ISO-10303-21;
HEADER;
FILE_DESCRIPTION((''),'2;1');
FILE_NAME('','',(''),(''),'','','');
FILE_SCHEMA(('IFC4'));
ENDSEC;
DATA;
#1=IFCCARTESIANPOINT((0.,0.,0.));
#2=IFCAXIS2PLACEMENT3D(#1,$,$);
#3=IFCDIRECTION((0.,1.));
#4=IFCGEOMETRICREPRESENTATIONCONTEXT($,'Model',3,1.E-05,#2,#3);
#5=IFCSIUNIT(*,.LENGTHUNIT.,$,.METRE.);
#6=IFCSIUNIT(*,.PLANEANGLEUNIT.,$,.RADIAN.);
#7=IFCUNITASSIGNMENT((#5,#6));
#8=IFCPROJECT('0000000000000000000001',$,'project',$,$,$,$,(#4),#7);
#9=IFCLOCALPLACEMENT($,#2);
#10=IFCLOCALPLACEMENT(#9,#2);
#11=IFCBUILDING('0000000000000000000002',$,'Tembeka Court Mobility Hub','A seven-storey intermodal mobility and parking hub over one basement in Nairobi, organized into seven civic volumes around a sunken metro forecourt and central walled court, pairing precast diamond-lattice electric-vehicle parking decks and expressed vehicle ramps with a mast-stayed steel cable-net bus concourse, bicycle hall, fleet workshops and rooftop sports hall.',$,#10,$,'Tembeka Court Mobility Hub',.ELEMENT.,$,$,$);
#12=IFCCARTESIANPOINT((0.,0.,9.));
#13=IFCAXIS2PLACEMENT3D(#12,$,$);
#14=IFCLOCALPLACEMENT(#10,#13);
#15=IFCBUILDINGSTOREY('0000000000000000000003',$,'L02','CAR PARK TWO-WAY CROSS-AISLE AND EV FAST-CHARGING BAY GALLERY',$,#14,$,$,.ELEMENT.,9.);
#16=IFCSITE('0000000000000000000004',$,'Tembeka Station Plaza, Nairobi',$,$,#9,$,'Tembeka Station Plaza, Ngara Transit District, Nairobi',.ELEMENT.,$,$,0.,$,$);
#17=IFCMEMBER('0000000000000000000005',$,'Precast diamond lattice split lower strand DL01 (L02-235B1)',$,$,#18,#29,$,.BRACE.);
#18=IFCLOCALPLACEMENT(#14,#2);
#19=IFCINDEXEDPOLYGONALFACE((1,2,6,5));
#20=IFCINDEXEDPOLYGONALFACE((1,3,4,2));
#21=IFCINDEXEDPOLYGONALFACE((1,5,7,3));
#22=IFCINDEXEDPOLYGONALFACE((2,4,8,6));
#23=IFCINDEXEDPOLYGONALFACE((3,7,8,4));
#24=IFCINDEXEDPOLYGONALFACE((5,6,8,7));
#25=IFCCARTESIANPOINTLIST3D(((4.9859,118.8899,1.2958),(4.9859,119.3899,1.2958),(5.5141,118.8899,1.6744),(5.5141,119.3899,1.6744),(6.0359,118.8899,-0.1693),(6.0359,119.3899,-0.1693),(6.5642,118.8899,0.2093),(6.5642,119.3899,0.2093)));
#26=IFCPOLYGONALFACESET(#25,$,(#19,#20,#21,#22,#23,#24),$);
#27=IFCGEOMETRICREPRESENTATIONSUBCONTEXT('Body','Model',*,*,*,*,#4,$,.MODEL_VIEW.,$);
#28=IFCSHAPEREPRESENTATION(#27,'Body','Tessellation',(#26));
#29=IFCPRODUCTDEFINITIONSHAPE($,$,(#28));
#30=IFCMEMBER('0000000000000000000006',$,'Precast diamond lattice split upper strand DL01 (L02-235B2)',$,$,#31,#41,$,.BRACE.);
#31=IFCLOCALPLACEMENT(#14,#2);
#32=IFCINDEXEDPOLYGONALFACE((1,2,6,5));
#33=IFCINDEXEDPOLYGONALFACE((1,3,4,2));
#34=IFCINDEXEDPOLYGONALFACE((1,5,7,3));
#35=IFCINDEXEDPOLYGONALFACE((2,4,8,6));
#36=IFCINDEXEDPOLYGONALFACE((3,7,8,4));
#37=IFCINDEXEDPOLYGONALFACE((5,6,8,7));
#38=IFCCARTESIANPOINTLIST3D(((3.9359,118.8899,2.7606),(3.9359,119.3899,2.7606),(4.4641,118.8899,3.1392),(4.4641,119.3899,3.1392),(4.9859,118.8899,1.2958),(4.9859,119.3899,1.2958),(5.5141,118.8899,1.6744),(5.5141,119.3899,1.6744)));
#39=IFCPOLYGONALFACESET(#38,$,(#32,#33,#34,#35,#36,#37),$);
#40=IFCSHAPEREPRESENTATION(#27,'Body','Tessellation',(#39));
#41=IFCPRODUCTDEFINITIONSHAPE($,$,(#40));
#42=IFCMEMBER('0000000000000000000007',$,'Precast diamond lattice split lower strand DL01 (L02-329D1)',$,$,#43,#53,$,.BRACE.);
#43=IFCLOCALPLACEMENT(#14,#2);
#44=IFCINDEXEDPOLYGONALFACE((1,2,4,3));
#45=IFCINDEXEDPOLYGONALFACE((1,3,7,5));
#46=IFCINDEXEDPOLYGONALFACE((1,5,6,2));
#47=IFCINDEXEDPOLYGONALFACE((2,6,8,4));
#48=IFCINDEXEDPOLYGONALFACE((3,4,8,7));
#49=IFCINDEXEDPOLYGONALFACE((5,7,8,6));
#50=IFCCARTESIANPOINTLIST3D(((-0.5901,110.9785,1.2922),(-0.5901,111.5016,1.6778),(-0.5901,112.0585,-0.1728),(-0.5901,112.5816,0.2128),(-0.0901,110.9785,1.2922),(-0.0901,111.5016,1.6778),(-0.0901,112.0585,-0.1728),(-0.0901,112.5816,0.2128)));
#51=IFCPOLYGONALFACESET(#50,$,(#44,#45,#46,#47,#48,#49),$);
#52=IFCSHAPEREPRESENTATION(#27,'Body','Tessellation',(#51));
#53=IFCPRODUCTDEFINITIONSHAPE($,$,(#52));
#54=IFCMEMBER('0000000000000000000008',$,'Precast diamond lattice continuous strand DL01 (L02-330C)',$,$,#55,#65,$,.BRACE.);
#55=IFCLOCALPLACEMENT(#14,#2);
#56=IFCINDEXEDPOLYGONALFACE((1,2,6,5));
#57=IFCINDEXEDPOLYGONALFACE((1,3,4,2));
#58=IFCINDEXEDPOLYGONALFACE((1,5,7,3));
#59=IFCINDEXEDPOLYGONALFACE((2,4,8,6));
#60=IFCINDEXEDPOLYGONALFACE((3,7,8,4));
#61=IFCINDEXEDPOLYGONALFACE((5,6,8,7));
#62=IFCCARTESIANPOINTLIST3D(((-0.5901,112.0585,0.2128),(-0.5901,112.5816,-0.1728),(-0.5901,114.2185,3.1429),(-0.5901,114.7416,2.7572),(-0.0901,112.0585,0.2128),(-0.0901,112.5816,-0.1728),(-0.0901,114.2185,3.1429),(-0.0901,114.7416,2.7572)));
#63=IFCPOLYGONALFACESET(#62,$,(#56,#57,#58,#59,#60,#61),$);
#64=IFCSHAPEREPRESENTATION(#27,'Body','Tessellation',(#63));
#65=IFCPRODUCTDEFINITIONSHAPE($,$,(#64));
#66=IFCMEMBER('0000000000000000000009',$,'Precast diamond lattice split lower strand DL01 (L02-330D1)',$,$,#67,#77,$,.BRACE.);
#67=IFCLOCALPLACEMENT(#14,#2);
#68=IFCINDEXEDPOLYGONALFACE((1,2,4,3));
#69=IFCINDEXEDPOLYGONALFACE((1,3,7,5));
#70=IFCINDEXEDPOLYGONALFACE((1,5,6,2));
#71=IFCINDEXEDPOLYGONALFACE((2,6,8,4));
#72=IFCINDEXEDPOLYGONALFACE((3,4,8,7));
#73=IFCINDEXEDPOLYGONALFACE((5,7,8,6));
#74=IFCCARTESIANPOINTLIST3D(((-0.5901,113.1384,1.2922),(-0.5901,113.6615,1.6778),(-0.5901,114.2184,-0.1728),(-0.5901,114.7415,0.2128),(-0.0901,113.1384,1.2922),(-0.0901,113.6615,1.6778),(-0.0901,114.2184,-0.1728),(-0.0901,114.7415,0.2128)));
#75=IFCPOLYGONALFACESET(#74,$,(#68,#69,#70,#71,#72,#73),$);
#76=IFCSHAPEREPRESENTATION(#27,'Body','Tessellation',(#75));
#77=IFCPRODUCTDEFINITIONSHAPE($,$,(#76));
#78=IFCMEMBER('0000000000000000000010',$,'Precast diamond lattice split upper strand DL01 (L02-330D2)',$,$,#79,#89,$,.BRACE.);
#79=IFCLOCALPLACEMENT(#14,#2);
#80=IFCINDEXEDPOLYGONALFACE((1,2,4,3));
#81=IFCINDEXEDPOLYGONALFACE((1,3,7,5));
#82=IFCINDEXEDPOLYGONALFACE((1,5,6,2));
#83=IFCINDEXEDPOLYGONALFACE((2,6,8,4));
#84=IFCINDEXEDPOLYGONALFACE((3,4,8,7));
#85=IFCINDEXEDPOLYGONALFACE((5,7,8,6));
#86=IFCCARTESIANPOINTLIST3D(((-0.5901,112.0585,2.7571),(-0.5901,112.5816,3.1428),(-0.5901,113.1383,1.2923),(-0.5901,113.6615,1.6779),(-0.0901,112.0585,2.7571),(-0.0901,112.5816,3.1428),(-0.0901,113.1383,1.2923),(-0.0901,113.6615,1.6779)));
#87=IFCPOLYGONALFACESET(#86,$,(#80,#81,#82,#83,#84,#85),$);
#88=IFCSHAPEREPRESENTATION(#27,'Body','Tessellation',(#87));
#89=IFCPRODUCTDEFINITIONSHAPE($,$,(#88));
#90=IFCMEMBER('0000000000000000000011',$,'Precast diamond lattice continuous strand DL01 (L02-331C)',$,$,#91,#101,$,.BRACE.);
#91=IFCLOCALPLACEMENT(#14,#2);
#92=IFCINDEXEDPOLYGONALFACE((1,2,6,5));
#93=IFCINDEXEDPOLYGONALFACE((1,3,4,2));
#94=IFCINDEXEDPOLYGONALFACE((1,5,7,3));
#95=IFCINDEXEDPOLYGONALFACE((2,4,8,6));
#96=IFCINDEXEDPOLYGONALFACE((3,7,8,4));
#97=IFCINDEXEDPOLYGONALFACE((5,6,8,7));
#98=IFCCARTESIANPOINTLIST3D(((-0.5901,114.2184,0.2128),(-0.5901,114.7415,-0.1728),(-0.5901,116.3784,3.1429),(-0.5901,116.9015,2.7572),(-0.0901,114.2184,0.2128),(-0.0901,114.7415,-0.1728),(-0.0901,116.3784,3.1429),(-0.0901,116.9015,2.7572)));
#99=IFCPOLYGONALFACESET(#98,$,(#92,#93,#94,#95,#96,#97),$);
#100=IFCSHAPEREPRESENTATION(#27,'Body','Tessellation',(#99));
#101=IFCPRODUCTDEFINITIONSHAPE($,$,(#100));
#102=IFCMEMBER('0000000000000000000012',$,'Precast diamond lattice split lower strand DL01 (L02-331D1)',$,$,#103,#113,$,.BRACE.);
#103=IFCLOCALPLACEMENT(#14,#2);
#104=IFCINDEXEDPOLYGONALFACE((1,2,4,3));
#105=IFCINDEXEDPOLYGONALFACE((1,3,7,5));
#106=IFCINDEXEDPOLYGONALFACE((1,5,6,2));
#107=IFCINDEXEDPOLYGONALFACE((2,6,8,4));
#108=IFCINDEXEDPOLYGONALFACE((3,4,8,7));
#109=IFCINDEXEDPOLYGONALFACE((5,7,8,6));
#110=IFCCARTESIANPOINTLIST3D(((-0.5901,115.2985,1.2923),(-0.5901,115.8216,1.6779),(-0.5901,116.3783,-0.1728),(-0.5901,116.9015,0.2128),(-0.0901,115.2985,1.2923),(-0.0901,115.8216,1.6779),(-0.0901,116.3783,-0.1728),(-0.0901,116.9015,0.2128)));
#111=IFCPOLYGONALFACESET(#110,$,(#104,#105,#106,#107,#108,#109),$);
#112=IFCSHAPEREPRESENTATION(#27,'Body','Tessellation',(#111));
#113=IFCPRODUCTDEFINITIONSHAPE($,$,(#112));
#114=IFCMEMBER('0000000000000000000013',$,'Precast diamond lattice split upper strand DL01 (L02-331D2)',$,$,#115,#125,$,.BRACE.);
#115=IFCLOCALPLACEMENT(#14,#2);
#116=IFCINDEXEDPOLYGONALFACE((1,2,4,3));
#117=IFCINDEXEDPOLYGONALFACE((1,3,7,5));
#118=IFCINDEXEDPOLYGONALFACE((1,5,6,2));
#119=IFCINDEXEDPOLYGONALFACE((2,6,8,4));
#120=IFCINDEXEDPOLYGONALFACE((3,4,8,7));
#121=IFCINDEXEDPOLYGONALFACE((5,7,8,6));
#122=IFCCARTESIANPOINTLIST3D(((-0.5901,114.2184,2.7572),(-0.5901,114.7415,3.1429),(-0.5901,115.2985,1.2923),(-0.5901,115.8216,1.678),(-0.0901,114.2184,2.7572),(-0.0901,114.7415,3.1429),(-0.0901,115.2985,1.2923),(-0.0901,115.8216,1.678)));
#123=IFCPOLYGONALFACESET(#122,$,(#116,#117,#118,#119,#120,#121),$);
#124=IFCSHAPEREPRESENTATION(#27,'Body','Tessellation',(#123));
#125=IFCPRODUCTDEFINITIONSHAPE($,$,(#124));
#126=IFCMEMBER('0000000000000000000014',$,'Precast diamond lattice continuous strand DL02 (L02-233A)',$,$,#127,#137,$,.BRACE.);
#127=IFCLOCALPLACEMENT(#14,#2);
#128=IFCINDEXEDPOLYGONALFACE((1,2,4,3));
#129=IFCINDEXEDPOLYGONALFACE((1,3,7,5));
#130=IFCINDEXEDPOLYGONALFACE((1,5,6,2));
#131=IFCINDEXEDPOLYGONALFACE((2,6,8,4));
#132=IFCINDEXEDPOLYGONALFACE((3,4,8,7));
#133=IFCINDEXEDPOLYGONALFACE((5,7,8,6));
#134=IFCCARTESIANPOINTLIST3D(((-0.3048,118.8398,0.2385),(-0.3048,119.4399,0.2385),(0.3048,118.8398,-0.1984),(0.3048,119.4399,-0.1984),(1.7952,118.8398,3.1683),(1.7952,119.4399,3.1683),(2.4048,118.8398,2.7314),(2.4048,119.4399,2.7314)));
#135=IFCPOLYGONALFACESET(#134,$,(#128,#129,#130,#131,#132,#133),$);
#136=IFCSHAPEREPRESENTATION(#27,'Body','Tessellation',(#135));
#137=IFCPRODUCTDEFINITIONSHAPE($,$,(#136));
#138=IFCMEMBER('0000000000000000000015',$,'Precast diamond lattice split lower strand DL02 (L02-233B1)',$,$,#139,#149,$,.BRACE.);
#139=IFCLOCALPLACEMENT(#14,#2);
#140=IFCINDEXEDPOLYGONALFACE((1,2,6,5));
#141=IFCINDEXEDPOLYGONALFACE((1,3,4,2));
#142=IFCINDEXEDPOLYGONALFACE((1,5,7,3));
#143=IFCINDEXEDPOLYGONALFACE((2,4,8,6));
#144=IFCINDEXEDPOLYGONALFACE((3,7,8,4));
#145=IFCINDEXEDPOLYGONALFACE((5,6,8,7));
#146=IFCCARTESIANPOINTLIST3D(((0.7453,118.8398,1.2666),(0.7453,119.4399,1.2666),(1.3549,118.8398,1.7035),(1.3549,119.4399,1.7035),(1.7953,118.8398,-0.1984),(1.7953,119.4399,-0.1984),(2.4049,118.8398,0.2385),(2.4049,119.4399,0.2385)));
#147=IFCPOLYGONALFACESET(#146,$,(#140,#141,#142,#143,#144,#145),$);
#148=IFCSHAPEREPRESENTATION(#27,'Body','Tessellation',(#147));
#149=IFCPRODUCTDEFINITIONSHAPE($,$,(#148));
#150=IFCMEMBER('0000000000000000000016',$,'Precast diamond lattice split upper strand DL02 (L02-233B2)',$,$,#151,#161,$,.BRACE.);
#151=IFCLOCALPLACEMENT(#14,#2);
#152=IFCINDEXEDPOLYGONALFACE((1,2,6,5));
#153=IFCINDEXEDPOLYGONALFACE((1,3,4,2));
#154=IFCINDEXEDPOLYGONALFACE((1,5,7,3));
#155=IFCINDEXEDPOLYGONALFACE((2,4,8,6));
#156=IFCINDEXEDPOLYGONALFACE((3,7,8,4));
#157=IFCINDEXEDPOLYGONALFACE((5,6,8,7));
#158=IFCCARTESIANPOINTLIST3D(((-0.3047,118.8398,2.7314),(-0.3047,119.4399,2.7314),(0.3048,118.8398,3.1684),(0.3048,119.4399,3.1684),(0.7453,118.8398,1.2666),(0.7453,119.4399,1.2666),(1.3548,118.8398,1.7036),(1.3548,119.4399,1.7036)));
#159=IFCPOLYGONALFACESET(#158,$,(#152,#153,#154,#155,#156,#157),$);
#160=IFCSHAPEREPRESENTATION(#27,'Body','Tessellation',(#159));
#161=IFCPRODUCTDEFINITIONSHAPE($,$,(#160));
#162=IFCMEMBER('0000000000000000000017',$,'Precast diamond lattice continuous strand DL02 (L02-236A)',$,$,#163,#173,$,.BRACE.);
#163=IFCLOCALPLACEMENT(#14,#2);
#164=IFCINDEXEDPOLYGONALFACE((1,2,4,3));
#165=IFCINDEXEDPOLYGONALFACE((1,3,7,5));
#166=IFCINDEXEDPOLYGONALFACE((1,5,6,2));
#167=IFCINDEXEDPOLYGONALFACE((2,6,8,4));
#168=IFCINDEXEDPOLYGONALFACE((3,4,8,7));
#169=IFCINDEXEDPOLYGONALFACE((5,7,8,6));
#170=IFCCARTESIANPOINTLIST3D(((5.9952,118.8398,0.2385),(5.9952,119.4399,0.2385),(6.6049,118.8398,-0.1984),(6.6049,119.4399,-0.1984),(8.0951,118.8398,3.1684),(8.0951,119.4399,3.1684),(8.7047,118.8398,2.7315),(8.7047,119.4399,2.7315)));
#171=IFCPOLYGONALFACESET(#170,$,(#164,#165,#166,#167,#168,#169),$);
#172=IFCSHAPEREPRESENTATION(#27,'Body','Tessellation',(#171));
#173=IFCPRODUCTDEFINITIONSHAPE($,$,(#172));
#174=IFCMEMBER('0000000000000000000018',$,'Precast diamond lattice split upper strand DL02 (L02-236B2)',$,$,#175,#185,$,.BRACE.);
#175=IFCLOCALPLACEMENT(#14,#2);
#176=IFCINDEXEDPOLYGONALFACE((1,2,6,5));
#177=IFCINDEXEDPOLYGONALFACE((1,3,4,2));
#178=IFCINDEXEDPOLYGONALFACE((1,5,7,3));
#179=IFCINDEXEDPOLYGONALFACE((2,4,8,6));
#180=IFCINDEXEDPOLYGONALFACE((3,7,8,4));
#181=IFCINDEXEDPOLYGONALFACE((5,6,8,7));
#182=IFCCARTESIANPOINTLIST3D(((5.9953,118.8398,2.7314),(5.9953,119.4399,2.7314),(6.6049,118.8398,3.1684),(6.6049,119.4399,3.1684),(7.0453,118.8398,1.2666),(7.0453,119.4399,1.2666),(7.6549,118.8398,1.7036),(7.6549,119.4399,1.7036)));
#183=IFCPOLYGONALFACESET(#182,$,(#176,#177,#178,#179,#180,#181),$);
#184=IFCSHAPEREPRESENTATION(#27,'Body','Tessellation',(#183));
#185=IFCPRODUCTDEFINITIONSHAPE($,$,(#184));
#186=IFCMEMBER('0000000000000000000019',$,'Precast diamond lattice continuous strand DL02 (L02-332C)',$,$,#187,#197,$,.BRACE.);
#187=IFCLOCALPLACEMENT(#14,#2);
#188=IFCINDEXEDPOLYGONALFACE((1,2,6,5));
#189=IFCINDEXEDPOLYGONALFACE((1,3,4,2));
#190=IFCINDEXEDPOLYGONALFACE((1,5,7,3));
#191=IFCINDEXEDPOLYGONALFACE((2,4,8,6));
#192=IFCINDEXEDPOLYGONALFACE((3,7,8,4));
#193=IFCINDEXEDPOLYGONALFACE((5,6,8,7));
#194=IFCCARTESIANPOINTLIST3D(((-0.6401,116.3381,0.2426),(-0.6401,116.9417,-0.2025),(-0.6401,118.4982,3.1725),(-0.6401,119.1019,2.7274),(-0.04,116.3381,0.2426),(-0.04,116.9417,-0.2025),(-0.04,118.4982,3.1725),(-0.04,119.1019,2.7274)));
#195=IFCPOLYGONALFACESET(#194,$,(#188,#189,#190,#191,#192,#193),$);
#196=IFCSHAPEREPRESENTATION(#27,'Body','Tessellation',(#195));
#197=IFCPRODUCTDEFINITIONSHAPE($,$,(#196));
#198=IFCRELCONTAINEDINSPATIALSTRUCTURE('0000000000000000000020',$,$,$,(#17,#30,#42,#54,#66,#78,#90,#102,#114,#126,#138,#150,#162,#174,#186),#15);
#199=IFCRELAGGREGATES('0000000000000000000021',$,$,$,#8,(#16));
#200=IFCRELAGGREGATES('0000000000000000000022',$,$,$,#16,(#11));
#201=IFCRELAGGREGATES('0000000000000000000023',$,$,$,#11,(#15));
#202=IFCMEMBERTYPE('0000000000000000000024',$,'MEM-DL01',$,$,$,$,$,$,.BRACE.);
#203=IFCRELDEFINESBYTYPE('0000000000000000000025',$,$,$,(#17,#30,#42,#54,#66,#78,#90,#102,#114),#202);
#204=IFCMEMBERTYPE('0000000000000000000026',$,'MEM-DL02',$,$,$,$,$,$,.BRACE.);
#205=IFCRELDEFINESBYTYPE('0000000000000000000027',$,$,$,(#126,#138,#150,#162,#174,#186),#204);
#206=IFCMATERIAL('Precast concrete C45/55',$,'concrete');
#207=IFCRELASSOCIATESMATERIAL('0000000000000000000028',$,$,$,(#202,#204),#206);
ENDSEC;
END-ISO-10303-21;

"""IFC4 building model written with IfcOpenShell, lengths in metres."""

from ifc_helpers import new_model, si_unit, direction, frame, origin, origin_2d, place, context, subcontext, project, spatial, rectangle, extrude, material, material_profile, profile_set, type_object, element, save


model = new_model("IFC4")

# Units and contexts
model_context = context("Model", 3, precision=1e-05, world=origin(), true_north=direction((0.0, 1.0)))
body_context = subcontext(model_context, "Body", "Model", "MODEL_VIEW")
ifc_project = project(units=[si_unit("LENGTHUNIT", "METRE"), si_unit("PLANEANGLEUNIT", "RADIAN")], contexts=[model_context])

# Site, building, storey
site_placement = place(None, origin())
site = spatial("IfcSite", under=ifc_project, at=site_placement, Name="Tembeka Station Plaza, Nairobi", LongName="Tembeka Station Plaza, Ngara Transit District, Nairobi", CompositionType="ELEMENT", RefElevation=0.0)
building_placement = place(site_placement, origin())
building = spatial("IfcBuilding", under=site, at=building_placement, Name="Tembeka Court Mobility Hub", Description="A seven-storey intermodal mobility and parking hub over one basement in Nairobi, organized into seven civic volumes around a sunken metro forecourt and central walled court, pairing precast diamond-lattice electric-vehicle parking decks and expressed vehicle ramps with a mast-stayed steel cable-net bus concourse, bicycle hall, fleet workshops and rooftop sports hall.", LongName="Tembeka Court Mobility Hub", CompositionType="ELEMENT")
storey_placement = place(building_placement, frame((0.0, 0.0, 9.0)))
storey = spatial("IfcBuildingStorey", under=building, at=storey_placement, Name="L02", Description="CAR PARK TWO-WAY CROSS-AISLE AND EV FAST-CHARGING BAY GALLERY", CompositionType="ELEMENT", Elevation=9.0)

# Shared definitions
ifc_material_1 = material(Name="Precast concrete C45/55", Category="concrete")

# Members
ifc_material_profile_1 = material_profile(ifc_material_1, rectangle(XDim=0.5, YDim=0.6499, at=origin_2d()), Name="PC-DIAG 500x650")
ifc_profile_set_1 = profile_set([ifc_material_profile_1], Name="Precast concrete C45/55")
member_type_1 = type_object("IfcMemberType", Name="MEM-DL01", PredefinedType="BRACE", material=ifc_profile_set_1)
member_1_placement = place(storey_placement, frame((6.3, 119.1399, 0.02), z_axis=(-0.582544, 0.0, 0.812799), x_axis=(0.0, -1.0, 0.0)))
element("IfcMember", 1, at=member_1_placement, inside=storey, type_object=member_type_1, Name="Precast diamond lattice split lower strand DL01 (L02-235B1)", PredefinedType="BRACE", context=body_context, shape_type="SweptSolid", body=[
    extrude(rectangle(XDim=0.5, YDim=0.6499, at=origin_2d()), origin(), (0.0, 0.0, 1.0), 1.8025),
])
member_2_placement = place(storey_placement, frame((5.25, 119.1399, 1.4851), z_axis=(-0.582608, 0.0, 0.812753), x_axis=(0.0, -1.0, 0.0)))
element("IfcMember", 2, at=member_2_placement, inside=storey, type_object=member_type_1, Name="Precast diamond lattice split upper strand DL01 (L02-235B2)", PredefinedType="BRACE", context=body_context, shape_type="SweptSolid", body=[
    extrude(rectangle(XDim=0.5, YDim=0.6499, at=origin_2d()), origin(), (0.0, 0.0, 1.0), 1.8022),
])
member_3_placement = place(storey_placement, frame((-0.3401, 112.3201, 0.02), z_axis=(0.0, -0.593391, 0.804914), x_axis=(1.0, 0.0, 0.0)))
element("IfcMember", 3, at=member_3_placement, inside=storey, type_object=member_type_1, Name="Precast diamond lattice split lower strand DL01 (L02-329D1)", PredefinedType="BRACE", context=body_context, shape_type="SweptSolid", body=[
    extrude(rectangle(XDim=0.5, YDim=0.6499, at=origin_2d()), origin(), (0.0, 0.0, 1.0), 1.8201),
])
member_4_placement = place(storey_placement, frame((-0.3401, 112.3201, 0.02), z_axis=(0.0, 0.59338, 0.804923), x_axis=(-1.0, 0.0, 0.0)))
element("IfcMember", 4, at=member_4_placement, inside=storey, type_object=member_type_1, Name="Precast diamond lattice continuous strand DL01 (L02-330C)", PredefinedType="BRACE", context=body_context, shape_type="SweptSolid", body=[
    extrude(rectangle(XDim=0.5, YDim=0.6499, at=origin_2d()), origin(), (0.0, 0.0, 1.0), 3.6401),
])
member_5_placement = place(storey_placement, frame((-0.3401, 114.48, 0.02), z_axis=(0.0, -0.593391, 0.804914), x_axis=(1.0, 0.0, 0.0)))
element("IfcMember", 5, at=member_5_placement, inside=storey, type_object=member_type_1, Name="Precast diamond lattice split lower strand DL01 (L02-330D1)", PredefinedType="BRACE", context=body_context, shape_type="SweptSolid", body=[
    extrude(rectangle(XDim=0.5, YDim=0.6499, at=origin_2d()), origin(), (0.0, 0.0, 1.0), 1.8201),
])
member_6_placement = place(storey_placement, frame((-0.3401, 113.3999, 1.4851), z_axis=(0.0, -0.593368, 0.804931), x_axis=(1.0, 0.0, 0.0)))
element("IfcMember", 6, at=member_6_placement, inside=storey, type_object=member_type_1, Name="Precast diamond lattice split upper strand DL01 (L02-330D2)", PredefinedType="BRACE", context=body_context, shape_type="SweptSolid", body=[
    extrude(rectangle(XDim=0.5, YDim=0.6499, at=origin_2d()), origin(), (0.0, 0.0, 1.0), 1.8198),
])
member_7_placement = place(storey_placement, frame((-0.3401, 114.48, 0.02), z_axis=(0.0, 0.59338, 0.804923), x_axis=(-1.0, 0.0, 0.0)))
element("IfcMember", 7, at=member_7_placement, inside=storey, type_object=member_type_1, Name="Precast diamond lattice continuous strand DL01 (L02-331C)", PredefinedType="BRACE", context=body_context, shape_type="SweptSolid", body=[
    extrude(rectangle(XDim=0.5, YDim=0.6499, at=origin_2d()), origin(), (0.0, 0.0, 1.0), 3.6401),
])
for number, where, z_axis, x_axis, name in (
    (8, (-0.3401, 116.6399, 0.02), (0.0, -0.593304, 0.804978), (1.0, 0.0, 0.0), "Precast diamond lattice split lower strand DL01 (L02-331D1)"),
    (9, (-0.3401, 115.5601, 1.4851), (0.0, -0.593455, 0.804867), (1.0, 0.0, 0.0), "Precast diamond lattice split upper strand DL01 (L02-331D2)"),
):
    element("IfcMember", number, at=place(storey_placement, frame(where, z_axis=z_axis, x_axis=x_axis)), inside=storey, type_object=member_type_1, Name=name, PredefinedType="BRACE", context=body_context, shape_type="SweptSolid", body=[
        extrude(rectangle(XDim=0.5, YDim=0.6499, at=origin_2d()), origin(), (0.0, 0.0, 1.0), 1.8201),
    ])
ifc_material_profile_2 = material_profile(ifc_material_1, rectangle(XDim=0.6001, YDim=0.75, at=origin_2d()), Name="PC-DIAG 600x750")
ifc_profile_set_2 = profile_set([ifc_material_profile_2], Name="Precast concrete C45/55")
member_type_2 = type_object("IfcMemberType", Name="MEM-DL02", PredefinedType="BRACE", material=ifc_profile_set_2)
member_8_placement = place(storey_placement, frame((0.0, 119.1399, 0.02), z_axis=(0.582576, 0.0, 0.812776), x_axis=(0.0, 1.0, 0.0)))
element("IfcMember", 10, at=member_8_placement, inside=storey, type_object=member_type_2, Name="Precast diamond lattice continuous strand DL02 (L02-233A)", PredefinedType="BRACE", context=body_context, shape_type="SweptSolid", body=[
    extrude(rectangle(XDim=0.6001, YDim=0.75, at=origin_2d()), origin(), (0.0, 0.0, 1.0), 3.6047),
])
member_9_placement = place(storey_placement, frame((2.1001, 119.1399, 0.02), z_axis=(-0.582544, 0.0, 0.812799), x_axis=(0.0, -1.0, 0.0)))
element("IfcMember", 11, at=member_9_placement, inside=storey, type_object=member_type_2, Name="Precast diamond lattice split lower strand DL02 (L02-233B1)", PredefinedType="BRACE", context=body_context, shape_type="SweptSolid", body=[
    extrude(rectangle(XDim=0.6001, YDim=0.75, at=origin_2d()), origin(), (0.0, 0.0, 1.0), 1.8025),
])
member_10_placement = place(storey_placement, frame((1.05, 119.1399, 1.4851), z_axis=(-0.582608, 0.0, 0.812753), x_axis=(0.0, -1.0, 0.0)))
element("IfcMember", 12, at=member_10_placement, inside=storey, type_object=member_type_2, Name="Precast diamond lattice split upper strand DL02 (L02-233B2)", PredefinedType="BRACE", context=body_context, shape_type="SweptSolid", body=[
    extrude(rectangle(XDim=0.6001, YDim=0.75, at=origin_2d()), origin(), (0.0, 0.0, 1.0), 1.8022),
])
member_11_placement = place(storey_placement, frame((6.3, 119.1399, 0.02), z_axis=(0.582532, 0.0, 0.812808), x_axis=(0.0, 1.0, 0.0)))
element("IfcMember", 13, at=member_11_placement, inside=storey, type_object=member_type_2, Name="Precast diamond lattice continuous strand DL02 (L02-236A)", PredefinedType="BRACE", context=body_context, shape_type="SweptSolid", body=[
    extrude(rectangle(XDim=0.6001, YDim=0.75, at=origin_2d()), origin(), (0.0, 0.0, 1.0), 3.6047),
])
member_12_placement = place(storey_placement, frame((7.3501, 119.1399, 1.4851), z_axis=(-0.582608, 0.0, 0.812753), x_axis=(0.0, -1.0, 0.0)))
element("IfcMember", 14, at=member_12_placement, inside=storey, type_object=member_type_2, Name="Precast diamond lattice split upper strand DL02 (L02-236B2)", PredefinedType="BRACE", context=body_context, shape_type="SweptSolid", body=[
    extrude(rectangle(XDim=0.6001, YDim=0.75, at=origin_2d()), origin(), (0.0, 0.0, 1.0), 1.8022),
])
member_13_placement = place(storey_placement, frame((-0.3401, 116.6399, 0.02), z_axis=(0.0, 0.593423, 0.804891), x_axis=(-1.0, 0.0, 0.0)))
element("IfcMember", 15, at=member_13_placement, inside=storey, type_object=member_type_2, Name="Precast diamond lattice continuous strand DL02 (L02-332C)", PredefinedType="BRACE", context=body_context, shape_type="SweptSolid", body=[
    extrude(rectangle(XDim=0.6001, YDim=0.75, at=origin_2d()), origin(), (0.0, 0.0, 1.0), 3.6401),
])

save(model, "model.ifc")
